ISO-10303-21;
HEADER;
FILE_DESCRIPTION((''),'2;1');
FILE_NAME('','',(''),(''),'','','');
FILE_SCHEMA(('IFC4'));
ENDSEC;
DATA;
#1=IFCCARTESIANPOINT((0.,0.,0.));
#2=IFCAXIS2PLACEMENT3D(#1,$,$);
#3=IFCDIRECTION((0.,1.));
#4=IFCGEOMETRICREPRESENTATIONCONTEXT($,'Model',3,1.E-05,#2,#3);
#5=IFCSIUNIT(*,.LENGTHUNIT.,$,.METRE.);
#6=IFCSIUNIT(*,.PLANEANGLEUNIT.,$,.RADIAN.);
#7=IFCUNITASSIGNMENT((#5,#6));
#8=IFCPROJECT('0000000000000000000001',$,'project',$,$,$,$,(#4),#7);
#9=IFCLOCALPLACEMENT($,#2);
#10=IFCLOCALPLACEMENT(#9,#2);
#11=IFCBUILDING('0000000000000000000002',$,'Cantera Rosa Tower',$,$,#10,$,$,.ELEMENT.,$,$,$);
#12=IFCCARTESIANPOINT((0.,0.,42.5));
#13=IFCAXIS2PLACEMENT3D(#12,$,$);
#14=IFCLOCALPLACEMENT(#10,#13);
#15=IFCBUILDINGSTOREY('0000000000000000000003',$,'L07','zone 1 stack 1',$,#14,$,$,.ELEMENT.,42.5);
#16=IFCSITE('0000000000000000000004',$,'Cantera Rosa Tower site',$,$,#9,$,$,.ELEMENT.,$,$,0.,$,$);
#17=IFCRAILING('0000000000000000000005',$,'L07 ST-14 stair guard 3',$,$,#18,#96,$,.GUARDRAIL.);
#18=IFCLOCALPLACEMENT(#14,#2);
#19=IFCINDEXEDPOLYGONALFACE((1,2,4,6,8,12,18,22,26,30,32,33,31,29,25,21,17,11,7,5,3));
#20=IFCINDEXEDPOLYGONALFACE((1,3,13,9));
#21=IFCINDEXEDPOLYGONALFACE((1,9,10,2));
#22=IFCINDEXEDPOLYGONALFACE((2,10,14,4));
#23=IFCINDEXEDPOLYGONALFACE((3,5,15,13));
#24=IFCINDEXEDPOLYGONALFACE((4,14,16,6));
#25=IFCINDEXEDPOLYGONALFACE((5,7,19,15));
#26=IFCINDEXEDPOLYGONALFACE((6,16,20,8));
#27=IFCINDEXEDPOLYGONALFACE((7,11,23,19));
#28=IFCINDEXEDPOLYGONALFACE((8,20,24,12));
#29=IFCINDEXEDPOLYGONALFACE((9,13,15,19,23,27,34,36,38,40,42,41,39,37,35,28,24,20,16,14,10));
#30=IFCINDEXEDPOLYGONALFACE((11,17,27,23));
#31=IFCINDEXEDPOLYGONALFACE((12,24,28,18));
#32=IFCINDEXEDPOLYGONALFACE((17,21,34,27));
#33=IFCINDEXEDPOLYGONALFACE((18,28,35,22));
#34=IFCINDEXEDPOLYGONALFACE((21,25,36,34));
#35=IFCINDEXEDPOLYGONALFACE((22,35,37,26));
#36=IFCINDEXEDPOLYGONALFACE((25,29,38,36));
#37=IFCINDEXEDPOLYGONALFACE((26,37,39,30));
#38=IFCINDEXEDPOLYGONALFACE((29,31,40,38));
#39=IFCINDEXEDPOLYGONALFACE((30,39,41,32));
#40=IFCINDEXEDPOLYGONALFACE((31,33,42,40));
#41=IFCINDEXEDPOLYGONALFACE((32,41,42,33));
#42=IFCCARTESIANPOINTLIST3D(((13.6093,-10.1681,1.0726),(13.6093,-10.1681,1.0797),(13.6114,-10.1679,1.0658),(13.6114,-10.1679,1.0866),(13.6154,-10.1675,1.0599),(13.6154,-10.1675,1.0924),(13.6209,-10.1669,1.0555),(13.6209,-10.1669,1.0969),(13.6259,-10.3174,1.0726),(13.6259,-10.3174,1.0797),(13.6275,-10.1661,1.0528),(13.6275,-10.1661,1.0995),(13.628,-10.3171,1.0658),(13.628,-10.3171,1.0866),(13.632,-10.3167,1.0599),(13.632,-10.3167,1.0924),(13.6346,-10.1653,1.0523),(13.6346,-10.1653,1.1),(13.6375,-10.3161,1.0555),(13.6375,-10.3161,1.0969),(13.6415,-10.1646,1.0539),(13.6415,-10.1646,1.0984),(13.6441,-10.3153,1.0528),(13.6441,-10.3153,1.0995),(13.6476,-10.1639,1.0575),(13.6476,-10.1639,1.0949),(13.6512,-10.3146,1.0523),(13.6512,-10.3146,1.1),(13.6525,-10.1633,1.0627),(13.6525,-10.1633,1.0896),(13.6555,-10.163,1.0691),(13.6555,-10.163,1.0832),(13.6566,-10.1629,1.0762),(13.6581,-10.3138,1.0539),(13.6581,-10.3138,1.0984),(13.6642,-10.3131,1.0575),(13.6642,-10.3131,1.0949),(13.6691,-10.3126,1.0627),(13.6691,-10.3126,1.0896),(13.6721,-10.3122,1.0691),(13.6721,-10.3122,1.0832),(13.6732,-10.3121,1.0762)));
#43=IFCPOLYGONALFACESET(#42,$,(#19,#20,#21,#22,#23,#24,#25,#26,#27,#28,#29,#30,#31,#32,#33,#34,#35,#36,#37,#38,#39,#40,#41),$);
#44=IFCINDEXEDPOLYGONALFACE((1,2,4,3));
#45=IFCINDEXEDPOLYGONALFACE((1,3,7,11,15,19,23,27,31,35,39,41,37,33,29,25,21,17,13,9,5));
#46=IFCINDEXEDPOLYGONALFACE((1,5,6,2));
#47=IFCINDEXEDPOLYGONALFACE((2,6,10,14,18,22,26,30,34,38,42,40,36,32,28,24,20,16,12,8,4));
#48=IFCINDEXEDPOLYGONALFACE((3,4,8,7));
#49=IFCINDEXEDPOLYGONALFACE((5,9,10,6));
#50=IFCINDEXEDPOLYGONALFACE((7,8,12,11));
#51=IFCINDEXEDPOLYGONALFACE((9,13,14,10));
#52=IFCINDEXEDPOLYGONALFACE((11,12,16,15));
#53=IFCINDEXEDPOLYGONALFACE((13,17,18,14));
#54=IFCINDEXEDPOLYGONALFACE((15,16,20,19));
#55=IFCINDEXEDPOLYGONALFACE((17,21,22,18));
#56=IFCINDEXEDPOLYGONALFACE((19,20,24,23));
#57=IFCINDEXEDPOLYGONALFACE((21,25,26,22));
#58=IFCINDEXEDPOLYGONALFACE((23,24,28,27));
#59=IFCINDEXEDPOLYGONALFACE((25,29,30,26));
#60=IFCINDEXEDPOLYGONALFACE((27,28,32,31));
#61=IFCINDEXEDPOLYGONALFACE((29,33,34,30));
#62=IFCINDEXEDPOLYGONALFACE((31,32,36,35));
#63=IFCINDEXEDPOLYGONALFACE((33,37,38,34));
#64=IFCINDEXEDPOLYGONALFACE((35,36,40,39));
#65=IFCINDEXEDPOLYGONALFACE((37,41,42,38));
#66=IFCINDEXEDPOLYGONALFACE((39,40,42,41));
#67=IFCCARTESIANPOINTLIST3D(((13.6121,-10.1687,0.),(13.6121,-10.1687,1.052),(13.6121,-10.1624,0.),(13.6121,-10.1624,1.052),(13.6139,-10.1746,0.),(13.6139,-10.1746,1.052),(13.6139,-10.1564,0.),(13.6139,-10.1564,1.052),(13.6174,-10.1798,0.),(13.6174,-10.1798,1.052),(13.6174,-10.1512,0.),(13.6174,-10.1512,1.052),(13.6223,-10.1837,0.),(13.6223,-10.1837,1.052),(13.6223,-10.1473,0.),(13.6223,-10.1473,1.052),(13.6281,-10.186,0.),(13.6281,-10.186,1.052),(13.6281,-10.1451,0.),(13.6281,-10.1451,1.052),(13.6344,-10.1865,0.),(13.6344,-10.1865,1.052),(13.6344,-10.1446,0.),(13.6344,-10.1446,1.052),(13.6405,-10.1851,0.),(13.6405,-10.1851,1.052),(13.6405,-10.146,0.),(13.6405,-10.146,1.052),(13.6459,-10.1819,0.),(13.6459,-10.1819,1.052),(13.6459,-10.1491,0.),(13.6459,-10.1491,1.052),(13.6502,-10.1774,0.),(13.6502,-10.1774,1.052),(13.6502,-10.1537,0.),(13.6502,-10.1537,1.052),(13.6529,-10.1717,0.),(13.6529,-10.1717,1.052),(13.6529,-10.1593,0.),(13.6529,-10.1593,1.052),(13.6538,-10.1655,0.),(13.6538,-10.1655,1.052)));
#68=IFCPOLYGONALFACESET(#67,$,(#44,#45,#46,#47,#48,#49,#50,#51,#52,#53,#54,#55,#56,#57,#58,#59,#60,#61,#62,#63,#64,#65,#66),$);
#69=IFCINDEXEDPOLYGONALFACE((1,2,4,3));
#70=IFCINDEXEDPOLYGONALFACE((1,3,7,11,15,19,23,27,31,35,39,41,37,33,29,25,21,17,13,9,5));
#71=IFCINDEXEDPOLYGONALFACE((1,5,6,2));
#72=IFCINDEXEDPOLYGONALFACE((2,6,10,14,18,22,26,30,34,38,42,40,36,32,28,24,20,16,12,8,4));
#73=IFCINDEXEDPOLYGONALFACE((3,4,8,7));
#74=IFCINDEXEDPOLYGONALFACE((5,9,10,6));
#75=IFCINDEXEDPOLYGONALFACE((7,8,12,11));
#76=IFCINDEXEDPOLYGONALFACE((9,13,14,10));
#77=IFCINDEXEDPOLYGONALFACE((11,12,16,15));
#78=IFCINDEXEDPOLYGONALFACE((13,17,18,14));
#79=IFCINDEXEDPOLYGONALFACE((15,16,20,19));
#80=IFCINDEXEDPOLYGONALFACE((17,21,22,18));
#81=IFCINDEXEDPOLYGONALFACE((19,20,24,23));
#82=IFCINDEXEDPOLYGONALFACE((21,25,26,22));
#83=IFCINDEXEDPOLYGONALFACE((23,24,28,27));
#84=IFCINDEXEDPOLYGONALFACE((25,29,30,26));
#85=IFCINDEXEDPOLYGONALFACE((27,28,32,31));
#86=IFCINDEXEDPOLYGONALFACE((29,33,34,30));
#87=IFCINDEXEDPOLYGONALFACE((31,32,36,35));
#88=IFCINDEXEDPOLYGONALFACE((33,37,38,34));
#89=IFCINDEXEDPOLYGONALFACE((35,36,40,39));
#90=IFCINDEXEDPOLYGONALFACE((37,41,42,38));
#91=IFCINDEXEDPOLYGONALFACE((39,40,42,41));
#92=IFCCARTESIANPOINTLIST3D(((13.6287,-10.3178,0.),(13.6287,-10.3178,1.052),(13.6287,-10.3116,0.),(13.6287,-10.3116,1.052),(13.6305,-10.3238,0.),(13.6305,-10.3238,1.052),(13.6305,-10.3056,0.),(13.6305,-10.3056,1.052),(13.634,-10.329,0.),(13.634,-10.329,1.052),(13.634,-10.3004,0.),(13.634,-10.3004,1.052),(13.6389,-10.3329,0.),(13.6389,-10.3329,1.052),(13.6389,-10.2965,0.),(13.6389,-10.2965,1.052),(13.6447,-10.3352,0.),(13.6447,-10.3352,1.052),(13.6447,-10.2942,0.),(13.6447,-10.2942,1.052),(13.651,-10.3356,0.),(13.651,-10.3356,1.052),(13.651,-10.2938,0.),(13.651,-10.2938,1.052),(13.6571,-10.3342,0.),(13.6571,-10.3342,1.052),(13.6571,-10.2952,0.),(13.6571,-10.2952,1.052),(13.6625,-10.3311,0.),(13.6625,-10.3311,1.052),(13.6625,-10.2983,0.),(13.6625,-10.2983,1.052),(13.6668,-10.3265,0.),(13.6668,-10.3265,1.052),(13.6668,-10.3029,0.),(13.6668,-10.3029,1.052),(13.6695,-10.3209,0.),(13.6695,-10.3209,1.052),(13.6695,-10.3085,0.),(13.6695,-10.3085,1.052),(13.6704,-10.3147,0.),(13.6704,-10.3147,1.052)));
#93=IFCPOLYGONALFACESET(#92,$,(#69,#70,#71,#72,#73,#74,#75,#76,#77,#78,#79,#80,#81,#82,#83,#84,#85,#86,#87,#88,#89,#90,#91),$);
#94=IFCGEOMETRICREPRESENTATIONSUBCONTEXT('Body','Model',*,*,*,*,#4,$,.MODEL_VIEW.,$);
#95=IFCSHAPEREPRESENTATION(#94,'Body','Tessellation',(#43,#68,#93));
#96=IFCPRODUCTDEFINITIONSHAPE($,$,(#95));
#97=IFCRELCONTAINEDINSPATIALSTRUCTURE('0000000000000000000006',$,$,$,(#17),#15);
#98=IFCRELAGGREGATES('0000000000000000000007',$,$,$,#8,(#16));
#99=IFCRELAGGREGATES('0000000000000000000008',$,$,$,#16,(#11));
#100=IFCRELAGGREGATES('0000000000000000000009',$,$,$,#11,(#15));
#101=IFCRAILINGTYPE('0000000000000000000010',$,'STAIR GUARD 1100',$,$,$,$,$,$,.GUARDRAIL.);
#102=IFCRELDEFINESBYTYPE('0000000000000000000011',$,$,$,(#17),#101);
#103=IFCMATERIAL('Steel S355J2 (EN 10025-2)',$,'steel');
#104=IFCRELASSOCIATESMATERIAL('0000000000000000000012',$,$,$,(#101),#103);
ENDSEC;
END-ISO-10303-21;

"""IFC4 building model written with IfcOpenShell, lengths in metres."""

from ifc_helpers import new_model, si_unit, direction, frame, origin, origin_2d, place, context, subcontext, project, spatial, circle, extrude, material, type_object, element, save


model = new_model("IFC4")

# Units and contexts
model_context = context("Model", 3, precision=1e-05, world=origin(), true_north=direction((0.0, 1.0)))
body_context = subcontext(model_context, "Body", "Model", "MODEL_VIEW")
ifc_project = project(units=[si_unit("LENGTHUNIT", "METRE"), si_unit("PLANEANGLEUNIT", "RADIAN")], contexts=[model_context])

# Site, building, storey
site_placement = place(None, origin())
site = spatial("IfcSite", under=ifc_project, at=site_placement, Name="Cantera Rosa Tower site", CompositionType="ELEMENT", RefElevation=0.0)
building_placement = place(site_placement, origin())
building = spatial("IfcBuilding", under=site, at=building_placement, Name="Cantera Rosa Tower", CompositionType="ELEMENT")
storey_placement = place(building_placement, frame((0.0, 0.0, 42.5)))
storey = spatial("IfcBuildingStorey", under=building, at=storey_placement, Name="L07", Description="zone 1 stack 1", CompositionType="ELEMENT", Elevation=42.5)

# Railing
ifc_material_1 = material(Name="Steel S355J2 (EN 10025-2)", Category="steel")
railing_type_1 = type_object("IfcRailingType", Name="STAIR GUARD 1100", PredefinedType="GUARDRAIL", material=ifc_material_1)
railing_1_placement = place(storey_placement, frame((13.6328, -10.1655, 0.0)))
element("IfcRailing", 1, at=railing_1_placement, inside=storey, type_object=railing_type_1, Name="L07 ST-14 stair guard 3", PredefinedType="GUARDRAIL", context=body_context, shape_type="SweptSolid", body=[
    extrude(circle(Radius=0.0239, at=origin_2d()), frame((0.0, 0.0, 1.0762), z_axis=(0.11061, -0.993864, 0.0), x_axis=(0.993864, 0.11061, 0.0)), (0.0, 0.0, 1.0), 0.1501),
    extrude(circle(Radius=0.021, at=origin_2d()), origin(), (0.0, 0.0, 1.0), 1.052),
    extrude(circle(Radius=0.021, at=origin_2d()), frame((0.0166, -0.1492, 0.0)), (0.0, 0.0, 1.0), 1.052),
])

save(model, "model.ifc")
